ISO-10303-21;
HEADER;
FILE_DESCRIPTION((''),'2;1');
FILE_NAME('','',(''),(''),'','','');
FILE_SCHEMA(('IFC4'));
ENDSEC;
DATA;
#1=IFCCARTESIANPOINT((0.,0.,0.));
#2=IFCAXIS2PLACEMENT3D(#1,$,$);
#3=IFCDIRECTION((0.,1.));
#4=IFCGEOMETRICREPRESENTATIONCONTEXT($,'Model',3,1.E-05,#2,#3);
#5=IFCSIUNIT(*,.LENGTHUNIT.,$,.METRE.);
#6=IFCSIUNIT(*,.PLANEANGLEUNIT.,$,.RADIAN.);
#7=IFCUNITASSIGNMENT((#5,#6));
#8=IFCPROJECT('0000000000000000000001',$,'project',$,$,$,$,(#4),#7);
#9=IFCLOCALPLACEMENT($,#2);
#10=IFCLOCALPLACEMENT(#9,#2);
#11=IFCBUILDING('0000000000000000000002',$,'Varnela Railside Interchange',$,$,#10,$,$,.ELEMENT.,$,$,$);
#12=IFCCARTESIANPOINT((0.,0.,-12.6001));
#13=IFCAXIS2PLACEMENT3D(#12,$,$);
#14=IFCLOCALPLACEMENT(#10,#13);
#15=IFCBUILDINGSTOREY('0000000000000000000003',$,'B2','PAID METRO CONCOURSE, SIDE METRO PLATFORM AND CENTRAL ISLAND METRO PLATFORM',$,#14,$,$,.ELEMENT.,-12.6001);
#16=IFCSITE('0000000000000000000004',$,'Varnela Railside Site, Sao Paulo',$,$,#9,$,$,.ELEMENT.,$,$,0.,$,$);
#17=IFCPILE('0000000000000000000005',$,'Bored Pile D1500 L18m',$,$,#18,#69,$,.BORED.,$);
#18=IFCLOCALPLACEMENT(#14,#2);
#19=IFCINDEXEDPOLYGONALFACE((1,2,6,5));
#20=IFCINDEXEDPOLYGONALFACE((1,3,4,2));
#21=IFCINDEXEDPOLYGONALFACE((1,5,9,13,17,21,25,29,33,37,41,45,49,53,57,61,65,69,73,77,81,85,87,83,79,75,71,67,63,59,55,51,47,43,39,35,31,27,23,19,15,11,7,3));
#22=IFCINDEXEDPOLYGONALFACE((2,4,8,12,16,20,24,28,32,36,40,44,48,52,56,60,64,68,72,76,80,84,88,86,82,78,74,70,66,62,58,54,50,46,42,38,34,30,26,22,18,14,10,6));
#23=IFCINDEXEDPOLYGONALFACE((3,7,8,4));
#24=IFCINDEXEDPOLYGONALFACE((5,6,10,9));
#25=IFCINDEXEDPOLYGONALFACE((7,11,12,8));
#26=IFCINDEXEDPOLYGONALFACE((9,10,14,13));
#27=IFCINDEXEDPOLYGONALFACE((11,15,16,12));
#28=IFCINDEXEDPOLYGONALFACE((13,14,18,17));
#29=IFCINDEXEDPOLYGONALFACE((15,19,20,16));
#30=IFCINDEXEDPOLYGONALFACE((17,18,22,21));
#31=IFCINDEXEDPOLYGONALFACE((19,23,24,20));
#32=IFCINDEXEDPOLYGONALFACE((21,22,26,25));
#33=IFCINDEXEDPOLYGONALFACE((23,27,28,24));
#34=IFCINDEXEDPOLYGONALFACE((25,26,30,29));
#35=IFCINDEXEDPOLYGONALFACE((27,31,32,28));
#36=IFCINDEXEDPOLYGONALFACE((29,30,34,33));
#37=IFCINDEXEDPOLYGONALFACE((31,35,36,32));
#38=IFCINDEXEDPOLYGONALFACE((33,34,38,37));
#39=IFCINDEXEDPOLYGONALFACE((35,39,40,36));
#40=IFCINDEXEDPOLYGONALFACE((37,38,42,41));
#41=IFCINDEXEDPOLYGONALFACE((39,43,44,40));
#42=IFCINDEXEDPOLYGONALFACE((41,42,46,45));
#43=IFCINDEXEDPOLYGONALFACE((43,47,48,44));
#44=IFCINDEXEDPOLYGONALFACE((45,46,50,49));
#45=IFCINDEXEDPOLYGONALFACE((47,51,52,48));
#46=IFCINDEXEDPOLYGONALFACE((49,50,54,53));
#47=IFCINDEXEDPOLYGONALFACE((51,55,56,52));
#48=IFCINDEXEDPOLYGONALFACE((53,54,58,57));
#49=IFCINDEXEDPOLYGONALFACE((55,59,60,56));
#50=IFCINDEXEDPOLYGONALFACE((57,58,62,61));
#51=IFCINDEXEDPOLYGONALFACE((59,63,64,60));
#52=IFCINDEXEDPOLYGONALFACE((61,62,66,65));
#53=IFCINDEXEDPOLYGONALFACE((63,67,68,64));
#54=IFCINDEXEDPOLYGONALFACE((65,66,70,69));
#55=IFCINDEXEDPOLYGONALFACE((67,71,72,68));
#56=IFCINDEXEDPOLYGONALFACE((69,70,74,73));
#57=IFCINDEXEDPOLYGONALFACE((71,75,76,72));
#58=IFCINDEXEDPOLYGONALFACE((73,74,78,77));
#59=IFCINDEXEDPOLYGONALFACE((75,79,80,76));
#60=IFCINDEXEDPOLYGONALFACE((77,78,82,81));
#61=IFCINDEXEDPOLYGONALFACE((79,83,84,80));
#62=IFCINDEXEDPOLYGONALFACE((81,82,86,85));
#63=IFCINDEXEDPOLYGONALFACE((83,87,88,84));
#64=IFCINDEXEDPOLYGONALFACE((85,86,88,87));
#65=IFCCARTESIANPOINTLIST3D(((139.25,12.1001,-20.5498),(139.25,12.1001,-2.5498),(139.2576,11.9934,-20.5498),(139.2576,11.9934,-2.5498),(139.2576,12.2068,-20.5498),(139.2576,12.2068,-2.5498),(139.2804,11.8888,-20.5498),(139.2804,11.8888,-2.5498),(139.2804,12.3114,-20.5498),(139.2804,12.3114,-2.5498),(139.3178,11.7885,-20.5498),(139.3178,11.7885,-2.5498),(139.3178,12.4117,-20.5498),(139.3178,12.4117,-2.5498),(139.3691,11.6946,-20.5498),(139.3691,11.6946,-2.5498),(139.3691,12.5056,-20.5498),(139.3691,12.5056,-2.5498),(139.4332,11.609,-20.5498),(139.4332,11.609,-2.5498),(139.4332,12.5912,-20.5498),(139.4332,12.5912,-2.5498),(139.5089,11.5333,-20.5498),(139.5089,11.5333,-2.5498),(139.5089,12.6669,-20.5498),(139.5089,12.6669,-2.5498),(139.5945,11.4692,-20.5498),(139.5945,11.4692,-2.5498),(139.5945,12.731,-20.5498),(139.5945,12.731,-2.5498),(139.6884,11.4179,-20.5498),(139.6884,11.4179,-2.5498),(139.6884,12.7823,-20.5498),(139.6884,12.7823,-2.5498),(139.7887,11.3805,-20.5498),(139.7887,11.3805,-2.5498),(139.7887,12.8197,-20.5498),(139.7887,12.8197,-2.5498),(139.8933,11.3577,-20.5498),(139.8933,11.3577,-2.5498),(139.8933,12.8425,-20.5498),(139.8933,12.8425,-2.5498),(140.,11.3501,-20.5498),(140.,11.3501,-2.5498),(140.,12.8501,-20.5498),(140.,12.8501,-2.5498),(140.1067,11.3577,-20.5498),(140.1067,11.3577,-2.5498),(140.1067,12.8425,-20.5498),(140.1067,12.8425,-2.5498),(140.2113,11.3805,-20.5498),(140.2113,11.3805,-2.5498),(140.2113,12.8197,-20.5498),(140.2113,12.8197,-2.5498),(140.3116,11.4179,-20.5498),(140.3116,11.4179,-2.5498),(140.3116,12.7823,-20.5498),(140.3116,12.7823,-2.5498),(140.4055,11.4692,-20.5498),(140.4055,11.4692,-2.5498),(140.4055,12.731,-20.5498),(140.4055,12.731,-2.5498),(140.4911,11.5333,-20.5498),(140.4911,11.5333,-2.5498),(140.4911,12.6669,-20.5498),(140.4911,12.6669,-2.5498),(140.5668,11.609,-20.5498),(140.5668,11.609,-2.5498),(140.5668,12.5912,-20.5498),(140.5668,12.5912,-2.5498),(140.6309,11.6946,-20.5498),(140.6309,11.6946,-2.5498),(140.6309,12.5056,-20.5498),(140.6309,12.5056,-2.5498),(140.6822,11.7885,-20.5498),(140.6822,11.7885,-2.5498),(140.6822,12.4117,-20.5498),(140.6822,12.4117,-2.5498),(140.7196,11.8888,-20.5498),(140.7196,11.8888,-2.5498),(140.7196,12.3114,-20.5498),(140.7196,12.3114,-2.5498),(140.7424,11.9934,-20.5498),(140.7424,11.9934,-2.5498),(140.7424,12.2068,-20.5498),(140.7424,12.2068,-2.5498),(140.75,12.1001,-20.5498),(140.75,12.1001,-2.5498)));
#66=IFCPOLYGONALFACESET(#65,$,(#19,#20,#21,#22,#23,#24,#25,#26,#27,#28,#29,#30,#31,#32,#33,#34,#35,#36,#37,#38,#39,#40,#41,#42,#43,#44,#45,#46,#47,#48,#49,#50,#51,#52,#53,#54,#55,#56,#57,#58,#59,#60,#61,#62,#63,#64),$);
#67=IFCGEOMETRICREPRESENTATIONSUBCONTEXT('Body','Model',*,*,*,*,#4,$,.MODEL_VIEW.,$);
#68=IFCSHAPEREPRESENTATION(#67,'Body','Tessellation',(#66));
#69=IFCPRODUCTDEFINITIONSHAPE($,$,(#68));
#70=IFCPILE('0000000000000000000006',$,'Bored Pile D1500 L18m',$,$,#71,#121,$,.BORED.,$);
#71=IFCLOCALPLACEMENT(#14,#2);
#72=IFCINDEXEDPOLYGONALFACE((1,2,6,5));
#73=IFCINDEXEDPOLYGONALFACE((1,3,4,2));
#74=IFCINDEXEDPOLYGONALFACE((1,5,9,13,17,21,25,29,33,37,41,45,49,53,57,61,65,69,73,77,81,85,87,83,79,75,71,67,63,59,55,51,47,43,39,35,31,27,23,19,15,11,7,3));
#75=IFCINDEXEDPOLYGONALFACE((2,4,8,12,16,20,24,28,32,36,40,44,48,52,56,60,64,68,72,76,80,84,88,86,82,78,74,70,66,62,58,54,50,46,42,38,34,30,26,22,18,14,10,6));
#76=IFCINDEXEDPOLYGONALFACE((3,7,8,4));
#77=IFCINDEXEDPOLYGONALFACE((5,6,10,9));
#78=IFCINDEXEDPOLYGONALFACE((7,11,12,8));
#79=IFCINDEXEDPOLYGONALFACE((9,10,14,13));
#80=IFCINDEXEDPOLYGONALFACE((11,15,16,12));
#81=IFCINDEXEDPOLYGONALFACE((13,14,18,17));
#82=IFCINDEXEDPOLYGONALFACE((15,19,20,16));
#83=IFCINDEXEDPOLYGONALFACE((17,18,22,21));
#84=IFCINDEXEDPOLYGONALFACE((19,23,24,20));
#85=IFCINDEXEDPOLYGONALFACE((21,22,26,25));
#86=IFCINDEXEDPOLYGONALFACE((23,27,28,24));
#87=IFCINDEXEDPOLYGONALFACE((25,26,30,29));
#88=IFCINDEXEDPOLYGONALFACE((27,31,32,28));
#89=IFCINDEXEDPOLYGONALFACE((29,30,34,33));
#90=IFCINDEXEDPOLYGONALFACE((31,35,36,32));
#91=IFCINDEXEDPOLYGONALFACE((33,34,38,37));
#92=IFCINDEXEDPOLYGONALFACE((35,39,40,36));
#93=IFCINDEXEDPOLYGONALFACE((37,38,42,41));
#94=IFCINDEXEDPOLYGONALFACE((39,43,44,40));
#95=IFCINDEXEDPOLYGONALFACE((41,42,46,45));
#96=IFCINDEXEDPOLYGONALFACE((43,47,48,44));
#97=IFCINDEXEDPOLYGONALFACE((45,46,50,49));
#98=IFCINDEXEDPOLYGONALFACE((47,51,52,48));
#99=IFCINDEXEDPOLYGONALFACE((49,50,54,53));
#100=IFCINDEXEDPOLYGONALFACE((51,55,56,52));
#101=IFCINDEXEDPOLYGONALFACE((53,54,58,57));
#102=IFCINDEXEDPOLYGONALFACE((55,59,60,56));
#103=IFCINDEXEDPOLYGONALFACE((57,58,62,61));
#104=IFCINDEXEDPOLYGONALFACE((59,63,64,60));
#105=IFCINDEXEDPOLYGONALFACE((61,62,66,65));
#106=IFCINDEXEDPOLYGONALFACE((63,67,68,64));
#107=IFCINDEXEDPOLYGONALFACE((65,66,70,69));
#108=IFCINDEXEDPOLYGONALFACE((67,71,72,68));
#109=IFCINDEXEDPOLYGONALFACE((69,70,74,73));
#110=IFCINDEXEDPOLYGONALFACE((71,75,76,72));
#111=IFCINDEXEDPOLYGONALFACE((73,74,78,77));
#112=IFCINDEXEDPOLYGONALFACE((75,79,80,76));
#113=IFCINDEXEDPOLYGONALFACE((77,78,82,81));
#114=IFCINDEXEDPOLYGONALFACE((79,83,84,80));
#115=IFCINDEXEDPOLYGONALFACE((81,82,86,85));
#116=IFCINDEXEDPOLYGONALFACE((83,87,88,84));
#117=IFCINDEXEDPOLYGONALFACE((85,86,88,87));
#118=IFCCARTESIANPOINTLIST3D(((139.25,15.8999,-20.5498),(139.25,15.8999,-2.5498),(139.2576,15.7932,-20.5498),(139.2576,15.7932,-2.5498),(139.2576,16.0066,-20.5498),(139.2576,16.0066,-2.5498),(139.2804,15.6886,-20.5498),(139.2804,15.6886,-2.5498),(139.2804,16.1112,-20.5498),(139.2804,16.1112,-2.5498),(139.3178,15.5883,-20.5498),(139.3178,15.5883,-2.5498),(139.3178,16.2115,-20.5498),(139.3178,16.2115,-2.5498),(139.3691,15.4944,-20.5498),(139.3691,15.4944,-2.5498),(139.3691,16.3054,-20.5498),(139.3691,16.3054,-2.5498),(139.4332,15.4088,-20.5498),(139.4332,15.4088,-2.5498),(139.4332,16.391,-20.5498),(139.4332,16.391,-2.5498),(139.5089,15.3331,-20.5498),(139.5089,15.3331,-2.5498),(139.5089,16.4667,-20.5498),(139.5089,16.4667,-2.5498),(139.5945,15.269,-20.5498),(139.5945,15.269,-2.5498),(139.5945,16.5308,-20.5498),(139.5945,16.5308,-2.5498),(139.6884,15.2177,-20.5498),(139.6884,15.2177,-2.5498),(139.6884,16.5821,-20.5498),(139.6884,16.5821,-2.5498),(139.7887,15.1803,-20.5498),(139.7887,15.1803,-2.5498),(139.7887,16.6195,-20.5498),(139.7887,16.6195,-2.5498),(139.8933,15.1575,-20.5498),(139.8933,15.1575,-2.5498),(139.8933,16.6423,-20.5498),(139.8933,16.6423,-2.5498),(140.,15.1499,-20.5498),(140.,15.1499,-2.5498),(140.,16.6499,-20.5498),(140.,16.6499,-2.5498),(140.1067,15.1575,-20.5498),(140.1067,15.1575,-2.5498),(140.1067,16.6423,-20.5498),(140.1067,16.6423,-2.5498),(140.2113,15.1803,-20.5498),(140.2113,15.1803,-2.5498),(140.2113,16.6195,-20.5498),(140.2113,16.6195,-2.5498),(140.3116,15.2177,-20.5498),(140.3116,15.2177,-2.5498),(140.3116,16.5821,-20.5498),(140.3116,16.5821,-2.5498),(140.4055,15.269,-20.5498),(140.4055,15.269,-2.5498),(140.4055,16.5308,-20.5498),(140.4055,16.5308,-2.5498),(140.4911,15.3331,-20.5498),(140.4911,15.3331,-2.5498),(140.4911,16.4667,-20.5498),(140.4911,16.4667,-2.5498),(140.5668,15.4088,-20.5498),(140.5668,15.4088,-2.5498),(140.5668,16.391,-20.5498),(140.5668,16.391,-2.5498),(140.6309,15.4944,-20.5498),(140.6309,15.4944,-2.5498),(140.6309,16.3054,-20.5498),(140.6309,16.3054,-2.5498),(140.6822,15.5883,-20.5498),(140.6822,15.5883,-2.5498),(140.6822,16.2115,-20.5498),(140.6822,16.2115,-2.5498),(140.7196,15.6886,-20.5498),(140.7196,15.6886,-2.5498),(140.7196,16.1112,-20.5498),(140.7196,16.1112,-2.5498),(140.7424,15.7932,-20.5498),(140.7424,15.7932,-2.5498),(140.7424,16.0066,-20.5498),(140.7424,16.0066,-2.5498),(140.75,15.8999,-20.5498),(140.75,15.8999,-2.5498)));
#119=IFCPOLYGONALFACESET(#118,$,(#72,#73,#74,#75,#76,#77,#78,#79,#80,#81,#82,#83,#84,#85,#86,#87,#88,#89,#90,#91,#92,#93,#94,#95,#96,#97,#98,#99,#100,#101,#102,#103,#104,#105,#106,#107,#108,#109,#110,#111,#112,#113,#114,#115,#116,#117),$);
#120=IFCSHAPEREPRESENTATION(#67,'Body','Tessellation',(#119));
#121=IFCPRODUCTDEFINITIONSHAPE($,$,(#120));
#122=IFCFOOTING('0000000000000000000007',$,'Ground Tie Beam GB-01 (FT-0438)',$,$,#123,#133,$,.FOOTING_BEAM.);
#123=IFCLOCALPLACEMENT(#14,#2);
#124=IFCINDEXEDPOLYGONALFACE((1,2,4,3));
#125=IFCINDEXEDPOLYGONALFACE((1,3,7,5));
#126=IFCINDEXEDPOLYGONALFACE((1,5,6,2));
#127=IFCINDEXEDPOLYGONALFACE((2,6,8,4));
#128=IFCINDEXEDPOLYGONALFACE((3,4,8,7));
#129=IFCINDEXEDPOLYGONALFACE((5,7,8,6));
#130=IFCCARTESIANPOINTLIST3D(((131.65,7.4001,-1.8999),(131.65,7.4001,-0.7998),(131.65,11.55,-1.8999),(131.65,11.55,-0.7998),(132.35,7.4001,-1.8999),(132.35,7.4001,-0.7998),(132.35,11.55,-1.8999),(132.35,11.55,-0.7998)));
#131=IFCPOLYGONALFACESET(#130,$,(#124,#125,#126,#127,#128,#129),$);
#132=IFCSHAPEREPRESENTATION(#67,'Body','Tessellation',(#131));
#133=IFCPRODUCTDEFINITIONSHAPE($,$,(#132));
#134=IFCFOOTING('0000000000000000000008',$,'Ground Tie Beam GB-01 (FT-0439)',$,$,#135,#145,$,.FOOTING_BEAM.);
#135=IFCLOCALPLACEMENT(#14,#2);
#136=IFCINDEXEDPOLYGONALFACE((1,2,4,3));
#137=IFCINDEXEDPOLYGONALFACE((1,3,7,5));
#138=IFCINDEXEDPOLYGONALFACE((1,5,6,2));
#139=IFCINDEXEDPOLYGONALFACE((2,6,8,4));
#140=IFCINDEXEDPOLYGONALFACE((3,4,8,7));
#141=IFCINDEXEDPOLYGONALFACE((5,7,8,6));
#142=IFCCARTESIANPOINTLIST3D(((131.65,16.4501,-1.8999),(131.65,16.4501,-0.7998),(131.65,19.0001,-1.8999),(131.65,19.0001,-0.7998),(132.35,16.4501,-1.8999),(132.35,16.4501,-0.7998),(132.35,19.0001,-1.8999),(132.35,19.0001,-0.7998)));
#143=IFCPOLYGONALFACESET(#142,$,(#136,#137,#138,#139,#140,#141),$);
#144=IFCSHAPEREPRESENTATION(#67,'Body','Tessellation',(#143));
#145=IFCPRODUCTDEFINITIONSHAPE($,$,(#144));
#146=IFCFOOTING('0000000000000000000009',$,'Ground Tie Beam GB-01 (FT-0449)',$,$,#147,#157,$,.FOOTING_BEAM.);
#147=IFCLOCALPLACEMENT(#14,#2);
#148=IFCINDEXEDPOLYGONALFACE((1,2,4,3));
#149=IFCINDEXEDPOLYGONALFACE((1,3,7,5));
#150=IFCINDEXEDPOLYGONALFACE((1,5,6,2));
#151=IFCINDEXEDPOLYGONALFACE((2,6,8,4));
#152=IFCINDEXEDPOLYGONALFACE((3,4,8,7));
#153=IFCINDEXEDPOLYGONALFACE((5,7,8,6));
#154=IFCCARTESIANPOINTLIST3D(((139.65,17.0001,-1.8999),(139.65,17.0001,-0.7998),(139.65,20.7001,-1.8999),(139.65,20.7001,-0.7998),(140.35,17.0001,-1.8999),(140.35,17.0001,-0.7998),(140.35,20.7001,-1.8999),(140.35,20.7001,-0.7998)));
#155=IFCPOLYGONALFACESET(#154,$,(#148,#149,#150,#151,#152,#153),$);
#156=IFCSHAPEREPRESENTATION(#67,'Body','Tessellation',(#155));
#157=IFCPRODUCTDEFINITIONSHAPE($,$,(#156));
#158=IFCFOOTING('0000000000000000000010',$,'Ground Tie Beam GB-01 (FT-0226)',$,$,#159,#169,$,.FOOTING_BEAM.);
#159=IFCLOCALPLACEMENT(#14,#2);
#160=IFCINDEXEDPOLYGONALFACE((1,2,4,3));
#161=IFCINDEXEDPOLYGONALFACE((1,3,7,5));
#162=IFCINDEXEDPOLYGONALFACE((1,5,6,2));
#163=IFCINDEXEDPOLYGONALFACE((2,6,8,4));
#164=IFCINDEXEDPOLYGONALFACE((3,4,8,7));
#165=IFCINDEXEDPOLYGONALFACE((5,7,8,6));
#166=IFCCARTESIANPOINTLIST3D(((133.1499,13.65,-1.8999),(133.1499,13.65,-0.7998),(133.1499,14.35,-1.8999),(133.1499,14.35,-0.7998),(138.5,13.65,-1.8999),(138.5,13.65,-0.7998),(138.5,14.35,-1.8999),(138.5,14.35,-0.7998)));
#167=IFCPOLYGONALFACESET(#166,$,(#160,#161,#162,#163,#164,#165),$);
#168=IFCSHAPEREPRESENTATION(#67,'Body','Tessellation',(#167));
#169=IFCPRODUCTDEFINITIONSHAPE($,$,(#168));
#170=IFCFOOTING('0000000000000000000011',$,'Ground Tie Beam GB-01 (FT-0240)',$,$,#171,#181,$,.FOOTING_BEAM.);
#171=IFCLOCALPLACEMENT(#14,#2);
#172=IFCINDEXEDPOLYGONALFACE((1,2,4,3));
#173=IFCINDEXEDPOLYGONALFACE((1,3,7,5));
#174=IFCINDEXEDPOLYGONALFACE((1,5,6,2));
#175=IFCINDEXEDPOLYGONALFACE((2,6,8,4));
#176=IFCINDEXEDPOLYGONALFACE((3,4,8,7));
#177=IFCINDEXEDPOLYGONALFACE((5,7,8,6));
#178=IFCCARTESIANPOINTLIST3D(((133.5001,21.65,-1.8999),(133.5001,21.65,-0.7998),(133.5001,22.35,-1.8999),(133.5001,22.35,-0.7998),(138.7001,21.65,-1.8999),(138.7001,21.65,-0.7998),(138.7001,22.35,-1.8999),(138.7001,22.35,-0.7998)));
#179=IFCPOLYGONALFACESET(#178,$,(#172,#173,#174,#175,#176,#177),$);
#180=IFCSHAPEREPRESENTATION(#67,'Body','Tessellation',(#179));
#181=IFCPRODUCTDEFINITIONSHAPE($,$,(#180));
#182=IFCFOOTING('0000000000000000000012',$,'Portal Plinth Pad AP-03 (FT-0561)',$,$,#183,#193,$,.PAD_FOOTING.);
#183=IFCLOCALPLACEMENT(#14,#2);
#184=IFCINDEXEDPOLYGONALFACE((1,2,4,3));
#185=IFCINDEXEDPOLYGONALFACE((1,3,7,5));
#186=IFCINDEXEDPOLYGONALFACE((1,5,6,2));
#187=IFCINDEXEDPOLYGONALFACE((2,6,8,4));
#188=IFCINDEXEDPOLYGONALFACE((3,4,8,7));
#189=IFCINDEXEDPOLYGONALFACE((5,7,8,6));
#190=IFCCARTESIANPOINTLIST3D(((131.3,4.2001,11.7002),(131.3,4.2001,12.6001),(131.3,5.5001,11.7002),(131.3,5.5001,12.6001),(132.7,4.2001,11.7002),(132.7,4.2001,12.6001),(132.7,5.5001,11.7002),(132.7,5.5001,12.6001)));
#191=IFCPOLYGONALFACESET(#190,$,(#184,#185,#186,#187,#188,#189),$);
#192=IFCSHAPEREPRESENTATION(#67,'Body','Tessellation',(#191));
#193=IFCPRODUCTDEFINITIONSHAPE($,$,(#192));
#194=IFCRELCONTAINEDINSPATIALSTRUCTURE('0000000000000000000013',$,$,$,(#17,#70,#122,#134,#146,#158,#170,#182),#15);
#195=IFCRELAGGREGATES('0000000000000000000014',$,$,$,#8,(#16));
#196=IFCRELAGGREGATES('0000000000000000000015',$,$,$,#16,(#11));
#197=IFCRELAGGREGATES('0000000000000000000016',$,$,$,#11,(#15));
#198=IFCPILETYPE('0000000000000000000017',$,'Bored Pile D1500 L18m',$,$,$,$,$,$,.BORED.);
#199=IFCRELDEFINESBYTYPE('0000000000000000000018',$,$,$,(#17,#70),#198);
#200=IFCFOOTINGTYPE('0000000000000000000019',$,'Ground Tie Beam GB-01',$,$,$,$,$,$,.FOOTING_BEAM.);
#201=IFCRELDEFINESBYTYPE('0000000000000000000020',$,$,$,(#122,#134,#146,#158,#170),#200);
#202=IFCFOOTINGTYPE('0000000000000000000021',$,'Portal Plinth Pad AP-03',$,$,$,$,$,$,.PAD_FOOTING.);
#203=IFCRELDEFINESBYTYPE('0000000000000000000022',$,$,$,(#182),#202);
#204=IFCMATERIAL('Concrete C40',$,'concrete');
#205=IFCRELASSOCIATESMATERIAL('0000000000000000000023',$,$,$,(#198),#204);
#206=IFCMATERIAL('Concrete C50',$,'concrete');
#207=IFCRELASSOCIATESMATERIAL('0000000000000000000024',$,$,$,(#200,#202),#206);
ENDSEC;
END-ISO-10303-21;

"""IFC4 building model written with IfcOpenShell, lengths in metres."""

from ifc_helpers import new_model, si_unit, direction, frame, origin, origin_2d, place, context, subcontext, project, spatial, rectangle, circle, extrude, material, material_profile, profile_set, type_object, element, save


model = new_model("IFC4")

# Units and contexts
model_context = context("Model", 3, precision=1e-05, world=origin(), true_north=direction((0.0, 1.0)))
body_context = subcontext(model_context, "Body", "Model", "MODEL_VIEW")
ifc_project = project(units=[si_unit("LENGTHUNIT", "METRE"), si_unit("PLANEANGLEUNIT", "RADIAN")], contexts=[model_context])

# Site, building, storey
site_placement = place(None, origin())
site = spatial("IfcSite", under=ifc_project, at=site_placement, Name="Varnela Railside Site, Sao Paulo", CompositionType="ELEMENT", RefElevation=0.0)
building_placement = place(site_placement, origin())
building = spatial("IfcBuilding", under=site, at=building_placement, Name="Varnela Railside Interchange", CompositionType="ELEMENT")
storey_placement = place(building_placement, frame((0.0, 0.0, -12.6001)))
storey = spatial("IfcBuildingStorey", under=building, at=storey_placement, Name="B2", Description="PAID METRO CONCOURSE, SIDE METRO PLATFORM AND CENTRAL ISLAND METRO PLATFORM", CompositionType="ELEMENT", Elevation=-12.6001)

# Piles
ifc_material_1 = material(Name="Concrete C40", Category="concrete")
ifc_material_profile_1 = material_profile(ifc_material_1, circle(Radius=0.75, at=origin_2d()), Name="BORED PILE D1500")
ifc_profile_set_1 = profile_set([ifc_material_profile_1], Name="Concrete C40")
pile_type_1 = type_object("IfcPileType", Name="Bored Pile D1500 L18m", PredefinedType="BORED", material=ifc_profile_set_1)
for number, where, z_axis, x_axis, name in (
    (1, (140.0, 12.1001, -2.5498), (0.0, 0.0, -1.0), (1.0, 0.0, 0.0), "Bored Pile D1500 L18m"),
    (2, (140.0, 15.8999, -2.5498), (0.0, 0.0, -1.0), (1.0, 0.0, 0.0), "Bored Pile D1500 L18m"),
):
    element("IfcPile", number, at=place(storey_placement, frame(where, z_axis=z_axis, x_axis=x_axis)), inside=storey, type_object=pile_type_1, Name=name, PredefinedType="BORED", context=body_context, shape_type="SweptSolid", body=[
        extrude(circle(Radius=0.75, at=origin_2d()), origin(), (0.0, 0.0, 1.0), 18.0),
    ])

# Footings
ifc_material_2 = material(Name="Concrete C50", Category="concrete")
footing_type_1 = type_object("IfcFootingType", Name="Ground Tie Beam GB-01", PredefinedType="FOOTING_BEAM", material=ifc_material_2)
footing_1_placement = place(storey_placement, frame((132.0, 9.4751, -1.8999), z_axis=(0.0, 0.0, 1.0), x_axis=(1.0, 0.0, 0.0)))
element("IfcFooting", 3, at=footing_1_placement, inside=storey, type_object=footing_type_1, Name="Ground Tie Beam GB-01 (FT-0438)", PredefinedType="FOOTING_BEAM", context=body_context, shape_type="SweptSolid", body=[
    extrude(rectangle(XDim=0.7, YDim=4.1499, at=origin_2d()), origin(), (0.0, 0.0, 1.0), 1.1001),
])
footing_2_placement = place(storey_placement, frame((132.0, 17.7251, -1.8999), z_axis=(0.0, 0.0, 1.0), x_axis=(1.0, 0.0, 0.0)))
element("IfcFooting", 4, at=footing_2_placement, inside=storey, type_object=footing_type_1, Name="Ground Tie Beam GB-01 (FT-0439)", PredefinedType="FOOTING_BEAM", context=body_context, shape_type="SweptSolid", body=[
    extrude(rectangle(XDim=0.7, YDim=2.55, at=origin_2d()), origin(), (0.0, 0.0, 1.0), 1.1001),
])
footing_3_placement = place(storey_placement, frame((140.0, 18.8501, -1.8999), z_axis=(0.0, 0.0, 1.0), x_axis=(1.0, 0.0, 0.0)))
element("IfcFooting", 5, at=footing_3_placement, inside=storey, type_object=footing_type_1, Name="Ground Tie Beam GB-01 (FT-0449)", PredefinedType="FOOTING_BEAM", context=body_context, shape_type="SweptSolid", body=[
    extrude(rectangle(XDim=0.7, YDim=3.7, at=origin_2d()), origin(), (0.0, 0.0, 1.0), 1.1001),
])
footing_4_placement = place(storey_placement, frame((135.825, 14.0, -1.8999), z_axis=(0.0, 0.0, 1.0), x_axis=(1.0, 0.0, 0.0)))
element("IfcFooting", 6, at=footing_4_placement, inside=storey, type_object=footing_type_1, Name="Ground Tie Beam GB-01 (FT-0226)", PredefinedType="FOOTING_BEAM", context=body_context, shape_type="SweptSolid", body=[
    extrude(rectangle(XDim=5.3501, YDim=0.7, at=origin_2d()), origin(), (0.0, 0.0, 1.0), 1.1001),
])
footing_5_placement = place(storey_placement, frame((136.1001, 22.0, -1.8999), z_axis=(0.0, 0.0, 1.0), x_axis=(1.0, 0.0, 0.0)))
element("IfcFooting", 7, at=footing_5_placement, inside=storey, type_object=footing_type_1, Name="Ground Tie Beam GB-01 (FT-0240)", PredefinedType="FOOTING_BEAM", context=body_context, shape_type="SweptSolid", body=[
    extrude(rectangle(XDim=5.2, YDim=0.7, at=origin_2d()), origin(), (0.0, 0.0, 1.0), 1.1001),
])
footing_type_2 = type_object("IfcFootingType", Name="Portal Plinth Pad AP-03", PredefinedType="PAD_FOOTING", material=ifc_material_2)
footing_6_placement = place(storey_placement, frame((132.0, 4.8501, 11.7002), z_axis=(0.0, 0.0, 1.0), x_axis=(1.0, 0.0, 0.0)))
element("IfcFooting", 8, at=footing_6_placement, inside=storey, type_object=footing_type_2, Name="Portal Plinth Pad AP-03 (FT-0561)", PredefinedType="PAD_FOOTING", context=body_context, shape_type="SweptSolid", body=[
    extrude(rectangle(XDim=1.3999, YDim=1.3, at=origin_2d()), origin(), (0.0, 0.0, 1.0), 0.8999),
])

save(model, "model.ifc")
